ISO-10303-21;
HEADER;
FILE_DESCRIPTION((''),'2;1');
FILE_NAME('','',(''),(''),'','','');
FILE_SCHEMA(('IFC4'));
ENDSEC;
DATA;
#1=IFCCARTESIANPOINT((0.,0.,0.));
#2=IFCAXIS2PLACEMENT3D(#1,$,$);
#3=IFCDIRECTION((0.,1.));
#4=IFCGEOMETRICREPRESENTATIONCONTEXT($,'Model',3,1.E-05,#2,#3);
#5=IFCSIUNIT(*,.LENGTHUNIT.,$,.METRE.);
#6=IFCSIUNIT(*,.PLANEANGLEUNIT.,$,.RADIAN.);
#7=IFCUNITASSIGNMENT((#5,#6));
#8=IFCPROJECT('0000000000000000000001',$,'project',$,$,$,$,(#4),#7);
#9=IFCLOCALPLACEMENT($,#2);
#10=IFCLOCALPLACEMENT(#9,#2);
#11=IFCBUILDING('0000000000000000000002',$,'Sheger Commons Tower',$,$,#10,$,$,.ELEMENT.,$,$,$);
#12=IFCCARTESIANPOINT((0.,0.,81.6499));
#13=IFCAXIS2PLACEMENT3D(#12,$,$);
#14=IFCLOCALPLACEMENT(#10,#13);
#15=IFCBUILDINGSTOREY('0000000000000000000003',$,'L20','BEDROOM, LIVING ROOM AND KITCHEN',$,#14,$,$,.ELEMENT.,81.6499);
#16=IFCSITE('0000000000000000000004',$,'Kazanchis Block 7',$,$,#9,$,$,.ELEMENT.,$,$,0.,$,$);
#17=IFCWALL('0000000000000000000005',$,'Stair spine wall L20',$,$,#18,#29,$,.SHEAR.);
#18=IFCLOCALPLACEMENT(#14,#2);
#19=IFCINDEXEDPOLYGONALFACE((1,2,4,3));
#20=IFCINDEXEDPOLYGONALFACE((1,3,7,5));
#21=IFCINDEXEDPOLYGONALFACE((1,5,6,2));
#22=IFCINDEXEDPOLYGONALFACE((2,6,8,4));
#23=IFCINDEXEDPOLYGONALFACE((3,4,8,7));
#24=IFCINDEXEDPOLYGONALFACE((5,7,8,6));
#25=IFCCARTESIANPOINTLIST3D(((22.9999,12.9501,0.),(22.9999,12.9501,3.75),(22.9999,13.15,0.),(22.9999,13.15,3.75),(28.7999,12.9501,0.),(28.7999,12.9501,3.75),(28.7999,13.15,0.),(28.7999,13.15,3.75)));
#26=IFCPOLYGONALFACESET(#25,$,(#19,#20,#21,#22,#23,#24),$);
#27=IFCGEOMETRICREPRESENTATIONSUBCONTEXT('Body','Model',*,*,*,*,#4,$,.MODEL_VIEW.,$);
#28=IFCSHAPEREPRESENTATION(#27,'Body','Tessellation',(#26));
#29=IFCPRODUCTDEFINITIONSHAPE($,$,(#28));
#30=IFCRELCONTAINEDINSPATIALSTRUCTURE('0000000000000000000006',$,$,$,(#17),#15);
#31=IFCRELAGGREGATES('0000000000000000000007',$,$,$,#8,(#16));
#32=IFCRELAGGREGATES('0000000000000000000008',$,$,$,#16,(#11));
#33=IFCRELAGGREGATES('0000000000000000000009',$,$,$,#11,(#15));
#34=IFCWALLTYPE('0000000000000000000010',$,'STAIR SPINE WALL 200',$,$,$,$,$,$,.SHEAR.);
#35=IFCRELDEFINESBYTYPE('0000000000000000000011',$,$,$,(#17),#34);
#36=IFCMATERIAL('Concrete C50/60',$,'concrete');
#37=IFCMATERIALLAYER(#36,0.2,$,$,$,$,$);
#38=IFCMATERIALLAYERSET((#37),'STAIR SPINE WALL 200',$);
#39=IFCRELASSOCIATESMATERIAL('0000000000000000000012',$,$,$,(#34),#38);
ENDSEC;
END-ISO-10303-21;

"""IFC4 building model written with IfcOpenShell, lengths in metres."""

from ifc_helpers import new_model, si_unit, direction, frame, frame_2d, origin, place, context, subcontext, project, spatial, rectangle, extrude, material, layer, layer_set, type_object, element, save


model = new_model("IFC4")

# Units and contexts
model_context = context("Model", 3, precision=1e-05, world=origin(), true_north=direction((0.0, 1.0)))
body_context = subcontext(model_context, "Body", "Model", "MODEL_VIEW")
ifc_project = project(units=[si_unit("LENGTHUNIT", "METRE"), si_unit("PLANEANGLEUNIT", "RADIAN")], contexts=[model_context])

# Site, building, storey
site_placement = place(None, origin())
site = spatial("IfcSite", under=ifc_project, at=site_placement, Name="Kazanchis Block 7", CompositionType="ELEMENT", RefElevation=0.0)
building_placement = place(site_placement, origin())
building = spatial("IfcBuilding", under=site, at=building_placement, Name="Sheger Commons Tower", CompositionType="ELEMENT")
storey_placement = place(building_placement, frame((0.0, 0.0, 81.6499)))
storey = spatial("IfcBuildingStorey", under=building, at=storey_placement, Name="L20", Description="BEDROOM, LIVING ROOM AND KITCHEN", CompositionType="ELEMENT", Elevation=81.6499)

# Wall
ifc_material_1 = material(Name="Concrete C50/60", Category="concrete")
ifc_layer_1 = layer(ifc_material_1, 0.2)
ifc_layer_set_1 = layer_set([ifc_layer_1], Name="STAIR SPINE WALL 200")
wall_type_1 = type_object("IfcWallType", Name="STAIR SPINE WALL 200", PredefinedType="SHEAR", material=ifc_layer_set_1)
wall_1_placement = place(storey_placement, frame((23.0, 13.05, 0.0), z_axis=(0.0, 0.0, 1.0), x_axis=(1.0, 0.0, 0.0)))
element("IfcWall", 1, at=wall_1_placement, inside=storey, type_object=wall_type_1, Name="Stair spine wall L20", PredefinedType="SHEAR", context=body_context, shape_type="SweptSolid", body=[
    extrude(rectangle(XDim=5.8, YDim=0.2, at=frame_2d((2.8999, 0.0))), origin(), (0.0, 0.0, 1.0), 3.75),
])

save(model, "model.ifc")
